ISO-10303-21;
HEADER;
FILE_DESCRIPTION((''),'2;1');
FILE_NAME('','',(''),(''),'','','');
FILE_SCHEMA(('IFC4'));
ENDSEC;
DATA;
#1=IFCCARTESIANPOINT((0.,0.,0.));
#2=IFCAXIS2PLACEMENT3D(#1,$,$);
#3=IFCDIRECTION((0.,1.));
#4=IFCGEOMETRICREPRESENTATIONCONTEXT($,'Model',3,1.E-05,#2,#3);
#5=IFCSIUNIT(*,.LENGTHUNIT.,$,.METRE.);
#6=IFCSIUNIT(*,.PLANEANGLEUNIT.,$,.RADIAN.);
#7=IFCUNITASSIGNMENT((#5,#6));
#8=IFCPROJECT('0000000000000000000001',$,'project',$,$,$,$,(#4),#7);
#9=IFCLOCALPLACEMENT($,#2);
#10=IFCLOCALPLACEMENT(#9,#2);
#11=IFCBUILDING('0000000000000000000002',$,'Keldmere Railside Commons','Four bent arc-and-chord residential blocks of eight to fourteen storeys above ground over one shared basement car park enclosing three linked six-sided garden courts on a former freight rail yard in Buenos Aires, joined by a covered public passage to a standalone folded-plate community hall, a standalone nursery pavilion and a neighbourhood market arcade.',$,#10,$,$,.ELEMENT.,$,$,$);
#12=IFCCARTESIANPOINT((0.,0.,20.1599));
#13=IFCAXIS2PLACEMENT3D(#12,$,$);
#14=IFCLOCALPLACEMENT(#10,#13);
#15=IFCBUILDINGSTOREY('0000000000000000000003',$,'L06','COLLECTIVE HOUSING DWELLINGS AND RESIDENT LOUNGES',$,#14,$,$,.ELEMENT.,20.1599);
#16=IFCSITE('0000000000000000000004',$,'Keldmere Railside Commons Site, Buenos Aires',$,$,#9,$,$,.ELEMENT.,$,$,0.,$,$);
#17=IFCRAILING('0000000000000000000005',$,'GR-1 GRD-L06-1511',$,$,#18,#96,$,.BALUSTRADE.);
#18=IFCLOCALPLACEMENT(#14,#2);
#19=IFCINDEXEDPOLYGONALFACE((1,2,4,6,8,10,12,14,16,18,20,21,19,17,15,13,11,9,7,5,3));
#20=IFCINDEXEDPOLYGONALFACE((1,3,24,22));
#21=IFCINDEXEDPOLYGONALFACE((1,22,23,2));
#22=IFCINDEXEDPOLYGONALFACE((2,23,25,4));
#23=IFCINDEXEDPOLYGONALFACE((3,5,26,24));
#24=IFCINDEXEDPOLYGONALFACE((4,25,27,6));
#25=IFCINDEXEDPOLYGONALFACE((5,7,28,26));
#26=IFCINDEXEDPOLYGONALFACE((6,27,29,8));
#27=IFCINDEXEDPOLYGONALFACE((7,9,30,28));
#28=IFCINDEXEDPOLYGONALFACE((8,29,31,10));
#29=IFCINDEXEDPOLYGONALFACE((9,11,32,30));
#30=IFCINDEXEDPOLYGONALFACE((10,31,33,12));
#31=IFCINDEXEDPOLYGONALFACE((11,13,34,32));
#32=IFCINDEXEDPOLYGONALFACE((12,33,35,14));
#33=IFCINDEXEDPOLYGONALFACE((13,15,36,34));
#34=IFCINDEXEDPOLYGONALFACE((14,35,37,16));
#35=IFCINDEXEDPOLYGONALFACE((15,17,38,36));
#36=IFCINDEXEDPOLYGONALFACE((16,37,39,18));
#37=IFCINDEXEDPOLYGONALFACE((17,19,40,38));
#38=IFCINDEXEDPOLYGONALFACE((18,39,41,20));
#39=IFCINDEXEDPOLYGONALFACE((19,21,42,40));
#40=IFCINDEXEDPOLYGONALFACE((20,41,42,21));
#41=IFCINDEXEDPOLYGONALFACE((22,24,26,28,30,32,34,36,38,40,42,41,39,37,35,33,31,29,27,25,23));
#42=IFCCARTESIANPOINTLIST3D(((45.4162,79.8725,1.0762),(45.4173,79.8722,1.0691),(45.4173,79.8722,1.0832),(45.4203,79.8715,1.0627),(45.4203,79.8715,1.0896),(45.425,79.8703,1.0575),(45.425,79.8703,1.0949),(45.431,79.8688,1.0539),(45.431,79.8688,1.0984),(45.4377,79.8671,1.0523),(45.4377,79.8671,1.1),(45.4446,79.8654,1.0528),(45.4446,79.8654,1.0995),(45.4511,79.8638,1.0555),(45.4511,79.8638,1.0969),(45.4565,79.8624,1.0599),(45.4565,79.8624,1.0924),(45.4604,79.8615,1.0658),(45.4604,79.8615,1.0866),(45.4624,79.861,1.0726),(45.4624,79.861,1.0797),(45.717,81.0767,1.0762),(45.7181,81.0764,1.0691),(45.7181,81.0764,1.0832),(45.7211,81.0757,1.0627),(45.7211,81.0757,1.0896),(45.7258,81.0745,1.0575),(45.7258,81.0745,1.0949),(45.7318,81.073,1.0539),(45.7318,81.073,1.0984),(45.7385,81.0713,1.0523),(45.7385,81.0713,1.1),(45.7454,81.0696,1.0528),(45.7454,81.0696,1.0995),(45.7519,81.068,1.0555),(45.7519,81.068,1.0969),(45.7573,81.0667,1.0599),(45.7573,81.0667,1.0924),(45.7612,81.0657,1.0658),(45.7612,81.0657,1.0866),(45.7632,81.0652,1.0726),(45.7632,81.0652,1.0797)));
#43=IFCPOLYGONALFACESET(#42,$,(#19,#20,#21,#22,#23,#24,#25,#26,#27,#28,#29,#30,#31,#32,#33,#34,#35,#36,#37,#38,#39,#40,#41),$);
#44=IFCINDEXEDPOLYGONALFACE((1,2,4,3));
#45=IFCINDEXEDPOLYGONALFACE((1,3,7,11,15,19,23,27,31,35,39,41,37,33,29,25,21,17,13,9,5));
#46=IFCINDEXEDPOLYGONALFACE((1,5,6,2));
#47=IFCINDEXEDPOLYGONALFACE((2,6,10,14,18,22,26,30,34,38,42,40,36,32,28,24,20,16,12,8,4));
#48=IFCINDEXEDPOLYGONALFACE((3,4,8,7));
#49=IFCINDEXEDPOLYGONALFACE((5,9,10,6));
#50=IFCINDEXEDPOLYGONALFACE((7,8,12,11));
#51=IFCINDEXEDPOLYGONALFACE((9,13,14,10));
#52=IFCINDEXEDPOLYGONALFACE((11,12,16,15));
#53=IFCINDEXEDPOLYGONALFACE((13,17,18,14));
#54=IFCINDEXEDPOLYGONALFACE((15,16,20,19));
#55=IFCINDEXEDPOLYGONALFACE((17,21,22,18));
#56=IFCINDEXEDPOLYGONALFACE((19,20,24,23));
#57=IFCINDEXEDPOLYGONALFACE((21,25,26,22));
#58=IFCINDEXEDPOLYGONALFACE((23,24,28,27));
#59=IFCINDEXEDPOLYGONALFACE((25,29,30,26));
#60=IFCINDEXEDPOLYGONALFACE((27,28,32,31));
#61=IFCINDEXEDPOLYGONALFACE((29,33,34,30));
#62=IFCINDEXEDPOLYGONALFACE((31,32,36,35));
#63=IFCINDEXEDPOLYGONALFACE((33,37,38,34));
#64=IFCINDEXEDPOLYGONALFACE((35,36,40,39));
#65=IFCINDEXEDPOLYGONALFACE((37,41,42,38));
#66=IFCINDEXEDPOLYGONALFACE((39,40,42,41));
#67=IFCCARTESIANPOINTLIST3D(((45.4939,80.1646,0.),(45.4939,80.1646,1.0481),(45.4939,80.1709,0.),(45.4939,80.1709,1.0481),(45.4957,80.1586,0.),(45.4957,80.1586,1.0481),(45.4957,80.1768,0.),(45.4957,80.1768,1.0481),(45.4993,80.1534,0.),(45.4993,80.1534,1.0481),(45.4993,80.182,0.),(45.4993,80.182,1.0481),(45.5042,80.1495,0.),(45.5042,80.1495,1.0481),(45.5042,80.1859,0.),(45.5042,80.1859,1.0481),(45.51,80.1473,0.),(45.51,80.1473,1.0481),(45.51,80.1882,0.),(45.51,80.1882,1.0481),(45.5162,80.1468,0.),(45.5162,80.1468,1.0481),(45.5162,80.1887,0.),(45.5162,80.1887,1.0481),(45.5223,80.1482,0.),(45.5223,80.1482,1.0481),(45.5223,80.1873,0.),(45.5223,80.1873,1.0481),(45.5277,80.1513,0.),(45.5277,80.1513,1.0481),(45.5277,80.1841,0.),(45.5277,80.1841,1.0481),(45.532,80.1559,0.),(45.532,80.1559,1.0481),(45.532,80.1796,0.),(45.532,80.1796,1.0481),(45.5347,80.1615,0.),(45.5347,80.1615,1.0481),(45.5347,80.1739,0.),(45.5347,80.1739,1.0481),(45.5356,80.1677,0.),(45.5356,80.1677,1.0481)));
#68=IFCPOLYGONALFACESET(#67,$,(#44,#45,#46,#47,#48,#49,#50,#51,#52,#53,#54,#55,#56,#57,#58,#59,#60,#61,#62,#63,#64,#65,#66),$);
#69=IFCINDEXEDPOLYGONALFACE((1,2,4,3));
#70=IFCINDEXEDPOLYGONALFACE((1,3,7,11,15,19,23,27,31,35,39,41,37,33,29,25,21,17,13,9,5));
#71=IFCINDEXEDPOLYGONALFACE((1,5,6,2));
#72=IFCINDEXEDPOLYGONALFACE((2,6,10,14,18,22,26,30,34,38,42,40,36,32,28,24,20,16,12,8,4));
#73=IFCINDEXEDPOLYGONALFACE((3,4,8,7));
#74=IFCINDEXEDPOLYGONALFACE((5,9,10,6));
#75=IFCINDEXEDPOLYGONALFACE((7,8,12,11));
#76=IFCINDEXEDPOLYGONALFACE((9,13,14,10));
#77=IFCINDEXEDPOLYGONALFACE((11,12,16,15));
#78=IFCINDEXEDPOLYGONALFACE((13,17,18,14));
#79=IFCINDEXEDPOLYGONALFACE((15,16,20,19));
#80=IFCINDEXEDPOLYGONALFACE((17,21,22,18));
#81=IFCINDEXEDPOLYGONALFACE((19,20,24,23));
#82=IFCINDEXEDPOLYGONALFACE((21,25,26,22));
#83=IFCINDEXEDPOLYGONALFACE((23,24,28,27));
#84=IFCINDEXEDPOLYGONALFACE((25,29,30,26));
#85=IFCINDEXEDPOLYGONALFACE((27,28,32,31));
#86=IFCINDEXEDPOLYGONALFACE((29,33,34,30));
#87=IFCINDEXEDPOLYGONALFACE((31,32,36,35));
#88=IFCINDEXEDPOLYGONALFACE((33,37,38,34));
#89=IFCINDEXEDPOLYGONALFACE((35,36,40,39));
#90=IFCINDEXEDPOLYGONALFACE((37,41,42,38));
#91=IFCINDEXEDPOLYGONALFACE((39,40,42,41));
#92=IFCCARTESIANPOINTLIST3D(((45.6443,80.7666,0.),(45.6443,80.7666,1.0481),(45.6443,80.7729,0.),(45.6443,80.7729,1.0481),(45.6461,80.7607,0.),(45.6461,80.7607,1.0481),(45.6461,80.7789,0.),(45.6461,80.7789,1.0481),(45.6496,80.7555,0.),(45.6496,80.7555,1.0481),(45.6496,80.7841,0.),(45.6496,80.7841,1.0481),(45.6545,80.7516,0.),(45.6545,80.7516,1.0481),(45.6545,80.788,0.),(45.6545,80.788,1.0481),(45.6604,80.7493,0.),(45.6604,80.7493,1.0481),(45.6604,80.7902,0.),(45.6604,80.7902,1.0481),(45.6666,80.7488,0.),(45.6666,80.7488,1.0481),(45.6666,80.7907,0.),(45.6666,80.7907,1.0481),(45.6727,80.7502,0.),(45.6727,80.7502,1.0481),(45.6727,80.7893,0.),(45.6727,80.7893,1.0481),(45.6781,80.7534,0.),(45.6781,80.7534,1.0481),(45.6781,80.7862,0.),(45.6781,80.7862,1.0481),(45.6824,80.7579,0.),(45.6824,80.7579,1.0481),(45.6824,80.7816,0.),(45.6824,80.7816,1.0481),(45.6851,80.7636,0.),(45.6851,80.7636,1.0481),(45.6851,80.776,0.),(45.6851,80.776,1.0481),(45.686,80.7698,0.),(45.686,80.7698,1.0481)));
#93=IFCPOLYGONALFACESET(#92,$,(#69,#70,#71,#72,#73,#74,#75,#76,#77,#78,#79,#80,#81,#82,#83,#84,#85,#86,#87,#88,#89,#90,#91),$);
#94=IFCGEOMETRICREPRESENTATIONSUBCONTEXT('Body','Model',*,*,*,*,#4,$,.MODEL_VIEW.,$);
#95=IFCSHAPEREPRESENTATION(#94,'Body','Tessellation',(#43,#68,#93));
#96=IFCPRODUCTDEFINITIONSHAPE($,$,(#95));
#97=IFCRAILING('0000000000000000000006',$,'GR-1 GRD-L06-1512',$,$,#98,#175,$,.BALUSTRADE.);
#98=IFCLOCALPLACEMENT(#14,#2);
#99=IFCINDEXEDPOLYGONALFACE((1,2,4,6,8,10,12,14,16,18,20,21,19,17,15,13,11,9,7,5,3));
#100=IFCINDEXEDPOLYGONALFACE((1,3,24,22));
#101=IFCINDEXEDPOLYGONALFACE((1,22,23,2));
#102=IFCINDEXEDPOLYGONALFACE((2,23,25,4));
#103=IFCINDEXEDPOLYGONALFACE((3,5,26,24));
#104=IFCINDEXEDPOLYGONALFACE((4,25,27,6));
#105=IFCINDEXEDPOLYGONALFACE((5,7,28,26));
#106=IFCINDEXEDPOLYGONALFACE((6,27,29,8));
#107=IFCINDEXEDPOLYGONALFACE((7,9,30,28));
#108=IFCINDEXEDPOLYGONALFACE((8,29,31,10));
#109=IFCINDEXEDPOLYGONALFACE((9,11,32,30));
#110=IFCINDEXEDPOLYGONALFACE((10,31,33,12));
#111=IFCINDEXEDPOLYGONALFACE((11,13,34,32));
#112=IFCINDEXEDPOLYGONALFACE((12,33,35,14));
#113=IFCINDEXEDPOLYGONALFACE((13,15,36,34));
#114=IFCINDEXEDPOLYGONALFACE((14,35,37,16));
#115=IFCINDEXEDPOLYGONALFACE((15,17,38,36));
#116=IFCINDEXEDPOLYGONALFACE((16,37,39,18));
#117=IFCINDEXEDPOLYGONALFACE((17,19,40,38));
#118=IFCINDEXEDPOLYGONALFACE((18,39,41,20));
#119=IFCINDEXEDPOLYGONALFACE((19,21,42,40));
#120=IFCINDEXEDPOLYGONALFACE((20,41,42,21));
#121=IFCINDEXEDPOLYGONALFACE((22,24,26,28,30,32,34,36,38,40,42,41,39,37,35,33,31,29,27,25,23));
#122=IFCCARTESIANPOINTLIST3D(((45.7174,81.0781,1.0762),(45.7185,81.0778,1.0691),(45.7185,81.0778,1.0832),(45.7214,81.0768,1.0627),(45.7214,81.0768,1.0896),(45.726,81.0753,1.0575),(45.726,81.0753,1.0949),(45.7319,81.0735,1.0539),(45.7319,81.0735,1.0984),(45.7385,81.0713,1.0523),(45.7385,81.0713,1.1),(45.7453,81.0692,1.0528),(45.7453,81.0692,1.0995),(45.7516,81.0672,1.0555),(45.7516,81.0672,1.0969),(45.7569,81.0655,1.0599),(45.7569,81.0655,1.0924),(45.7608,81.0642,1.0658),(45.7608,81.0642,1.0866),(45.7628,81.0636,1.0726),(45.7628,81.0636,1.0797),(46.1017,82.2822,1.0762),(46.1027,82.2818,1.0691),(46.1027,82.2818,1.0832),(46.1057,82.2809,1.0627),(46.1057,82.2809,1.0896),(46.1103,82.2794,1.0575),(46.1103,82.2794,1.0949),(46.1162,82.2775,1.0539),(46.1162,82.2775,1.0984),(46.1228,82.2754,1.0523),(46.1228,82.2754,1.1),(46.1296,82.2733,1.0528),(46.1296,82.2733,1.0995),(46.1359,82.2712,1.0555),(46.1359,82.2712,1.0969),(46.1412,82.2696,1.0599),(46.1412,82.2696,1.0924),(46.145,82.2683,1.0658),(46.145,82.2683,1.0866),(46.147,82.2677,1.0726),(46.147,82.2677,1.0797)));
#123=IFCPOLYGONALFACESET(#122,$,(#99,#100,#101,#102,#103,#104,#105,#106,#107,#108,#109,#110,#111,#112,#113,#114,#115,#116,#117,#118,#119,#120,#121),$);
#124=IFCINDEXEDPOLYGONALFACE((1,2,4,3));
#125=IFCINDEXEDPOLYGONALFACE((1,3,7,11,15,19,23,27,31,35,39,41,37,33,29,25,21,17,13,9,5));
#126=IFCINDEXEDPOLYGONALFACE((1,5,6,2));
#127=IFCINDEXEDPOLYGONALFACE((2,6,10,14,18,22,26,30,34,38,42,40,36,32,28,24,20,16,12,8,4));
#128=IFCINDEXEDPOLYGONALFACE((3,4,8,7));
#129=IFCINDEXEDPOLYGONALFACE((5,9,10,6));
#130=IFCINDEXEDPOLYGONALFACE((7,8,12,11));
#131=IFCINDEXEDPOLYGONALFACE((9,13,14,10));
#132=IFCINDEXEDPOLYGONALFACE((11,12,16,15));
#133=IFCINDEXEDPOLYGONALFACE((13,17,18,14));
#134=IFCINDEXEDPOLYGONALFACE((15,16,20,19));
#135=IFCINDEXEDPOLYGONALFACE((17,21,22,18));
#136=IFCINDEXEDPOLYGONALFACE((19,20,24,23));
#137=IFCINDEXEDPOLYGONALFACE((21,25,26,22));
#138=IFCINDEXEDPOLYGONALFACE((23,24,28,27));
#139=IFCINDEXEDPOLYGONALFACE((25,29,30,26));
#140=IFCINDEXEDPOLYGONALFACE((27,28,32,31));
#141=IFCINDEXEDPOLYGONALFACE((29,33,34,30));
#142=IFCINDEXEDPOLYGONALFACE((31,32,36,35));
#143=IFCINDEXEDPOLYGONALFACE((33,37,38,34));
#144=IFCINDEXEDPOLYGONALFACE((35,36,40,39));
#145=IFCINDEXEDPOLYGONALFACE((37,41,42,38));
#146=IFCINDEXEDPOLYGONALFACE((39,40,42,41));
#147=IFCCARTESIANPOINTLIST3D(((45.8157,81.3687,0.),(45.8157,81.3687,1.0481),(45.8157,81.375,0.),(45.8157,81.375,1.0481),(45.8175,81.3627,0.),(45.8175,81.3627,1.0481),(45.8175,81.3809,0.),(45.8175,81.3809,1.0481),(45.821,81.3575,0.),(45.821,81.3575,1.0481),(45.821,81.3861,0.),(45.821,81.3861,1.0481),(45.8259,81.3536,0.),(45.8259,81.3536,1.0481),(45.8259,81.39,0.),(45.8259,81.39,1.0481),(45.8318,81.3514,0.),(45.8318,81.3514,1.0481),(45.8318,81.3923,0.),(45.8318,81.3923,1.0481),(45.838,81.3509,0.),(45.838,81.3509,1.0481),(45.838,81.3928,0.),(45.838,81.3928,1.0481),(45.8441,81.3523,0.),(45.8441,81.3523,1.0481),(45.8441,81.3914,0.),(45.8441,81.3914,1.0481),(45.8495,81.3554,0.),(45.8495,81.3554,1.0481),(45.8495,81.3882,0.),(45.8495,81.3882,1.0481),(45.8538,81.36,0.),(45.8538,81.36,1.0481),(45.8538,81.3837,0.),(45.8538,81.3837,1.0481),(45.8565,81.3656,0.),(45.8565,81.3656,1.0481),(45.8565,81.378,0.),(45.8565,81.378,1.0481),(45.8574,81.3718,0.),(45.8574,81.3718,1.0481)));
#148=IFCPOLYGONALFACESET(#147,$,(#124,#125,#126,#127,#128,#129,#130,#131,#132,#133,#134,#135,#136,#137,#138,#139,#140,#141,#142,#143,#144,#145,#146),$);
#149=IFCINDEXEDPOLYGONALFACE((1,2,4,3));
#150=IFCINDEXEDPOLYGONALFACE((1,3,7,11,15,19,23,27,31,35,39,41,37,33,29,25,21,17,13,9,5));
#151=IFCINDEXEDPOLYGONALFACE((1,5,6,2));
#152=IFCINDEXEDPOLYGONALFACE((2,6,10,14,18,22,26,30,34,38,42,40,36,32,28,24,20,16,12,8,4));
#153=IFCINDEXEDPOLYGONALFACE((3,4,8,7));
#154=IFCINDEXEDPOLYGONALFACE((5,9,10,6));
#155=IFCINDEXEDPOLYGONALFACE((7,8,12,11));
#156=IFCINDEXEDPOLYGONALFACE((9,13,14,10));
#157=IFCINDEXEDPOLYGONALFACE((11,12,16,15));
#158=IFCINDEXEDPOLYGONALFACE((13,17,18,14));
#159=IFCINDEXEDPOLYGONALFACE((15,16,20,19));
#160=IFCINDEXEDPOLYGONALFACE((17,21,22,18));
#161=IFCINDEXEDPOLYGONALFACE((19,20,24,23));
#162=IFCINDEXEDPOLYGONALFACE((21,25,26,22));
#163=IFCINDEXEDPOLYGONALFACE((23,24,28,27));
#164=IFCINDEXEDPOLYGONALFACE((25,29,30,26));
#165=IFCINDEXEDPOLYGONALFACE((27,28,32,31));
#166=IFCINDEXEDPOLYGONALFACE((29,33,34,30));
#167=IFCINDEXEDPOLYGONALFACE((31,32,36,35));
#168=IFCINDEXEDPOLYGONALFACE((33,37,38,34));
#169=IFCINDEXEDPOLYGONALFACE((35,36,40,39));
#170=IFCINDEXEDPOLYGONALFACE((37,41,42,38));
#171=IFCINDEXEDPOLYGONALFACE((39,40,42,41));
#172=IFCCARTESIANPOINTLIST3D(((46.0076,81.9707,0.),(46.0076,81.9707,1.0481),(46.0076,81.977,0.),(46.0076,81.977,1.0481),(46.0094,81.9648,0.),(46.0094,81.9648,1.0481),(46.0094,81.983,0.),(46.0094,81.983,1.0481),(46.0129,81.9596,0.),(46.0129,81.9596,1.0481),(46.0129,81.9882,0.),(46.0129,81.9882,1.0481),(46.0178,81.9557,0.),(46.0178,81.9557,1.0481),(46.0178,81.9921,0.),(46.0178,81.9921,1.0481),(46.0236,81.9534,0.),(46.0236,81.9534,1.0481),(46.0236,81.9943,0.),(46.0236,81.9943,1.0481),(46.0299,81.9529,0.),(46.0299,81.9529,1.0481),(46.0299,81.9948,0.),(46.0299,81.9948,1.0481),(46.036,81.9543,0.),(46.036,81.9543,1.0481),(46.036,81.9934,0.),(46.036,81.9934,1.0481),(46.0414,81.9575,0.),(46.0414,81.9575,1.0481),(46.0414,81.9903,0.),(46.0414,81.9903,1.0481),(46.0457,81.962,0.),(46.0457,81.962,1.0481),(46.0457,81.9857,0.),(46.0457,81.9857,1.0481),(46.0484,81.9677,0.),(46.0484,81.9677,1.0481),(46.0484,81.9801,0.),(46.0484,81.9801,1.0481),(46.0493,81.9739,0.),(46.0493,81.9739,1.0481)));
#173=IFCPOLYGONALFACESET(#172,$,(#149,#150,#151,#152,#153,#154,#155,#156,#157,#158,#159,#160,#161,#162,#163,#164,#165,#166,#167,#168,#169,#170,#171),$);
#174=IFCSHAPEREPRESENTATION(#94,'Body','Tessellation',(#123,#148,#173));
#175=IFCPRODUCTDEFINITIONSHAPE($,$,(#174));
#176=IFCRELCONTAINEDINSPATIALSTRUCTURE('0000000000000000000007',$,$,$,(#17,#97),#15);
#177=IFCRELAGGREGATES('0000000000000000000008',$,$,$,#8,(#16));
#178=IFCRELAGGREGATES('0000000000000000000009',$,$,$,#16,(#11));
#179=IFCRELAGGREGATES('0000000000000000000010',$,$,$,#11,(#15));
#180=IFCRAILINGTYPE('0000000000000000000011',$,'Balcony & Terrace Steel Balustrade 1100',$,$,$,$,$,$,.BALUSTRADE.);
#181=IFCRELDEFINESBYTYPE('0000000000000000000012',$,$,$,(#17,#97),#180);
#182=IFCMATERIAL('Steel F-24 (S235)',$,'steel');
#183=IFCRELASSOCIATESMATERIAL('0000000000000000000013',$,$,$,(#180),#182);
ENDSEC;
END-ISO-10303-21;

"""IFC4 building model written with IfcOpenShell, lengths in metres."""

from ifc_helpers import new_model, si_unit, direction, frame, origin, origin_2d, place, context, subcontext, project, spatial, circle, extrude, material, type_object, element, save


model = new_model("IFC4")

# Units and contexts
model_context = context("Model", 3, precision=1e-05, world=origin(), true_north=direction((0.0, 1.0)))
body_context = subcontext(model_context, "Body", "Model", "MODEL_VIEW")
ifc_project = project(units=[si_unit("LENGTHUNIT", "METRE"), si_unit("PLANEANGLEUNIT", "RADIAN")], contexts=[model_context])

# Site, building, storey
site_placement = place(None, origin())
site = spatial("IfcSite", under=ifc_project, at=site_placement, Name="Keldmere Railside Commons Site, Buenos Aires", CompositionType="ELEMENT", RefElevation=0.0)
building_placement = place(site_placement, origin())
building = spatial("IfcBuilding", under=site, at=building_placement, Name="Keldmere Railside Commons", Description="Four bent arc-and-chord residential blocks of eight to fourteen storeys above ground over one shared basement car park enclosing three linked six-sided garden courts on a former freight rail yard in Buenos Aires, joined by a covered public passage to a standalone folded-plate community hall, a standalone nursery pavilion and a neighbourhood market arcade.", CompositionType="ELEMENT")
storey_placement = place(building_placement, frame((0.0, 0.0, 20.1599)))
storey = spatial("IfcBuildingStorey", under=building, at=storey_placement, Name="L06", Description="COLLECTIVE HOUSING DWELLINGS AND RESIDENT LOUNGES", CompositionType="ELEMENT", Elevation=20.1599)

# Railings
ifc_material_1 = material(Name="Steel F-24 (S235)", Category="steel")
railing_type = type_object("IfcRailingType", Name="Balcony & Terrace Steel Balustrade 1100", PredefinedType="BALUSTRADE", material=ifc_material_1)
railing_1_placement = place(storey_placement, frame((45.4395, 79.8667, 0.0)))
element("IfcRailing", 1, at=railing_1_placement, inside=storey, type_object=railing_type, Name="GR-1 GRD-L06-1511", PredefinedType="BALUSTRADE", context=body_context, shape_type="SweptSolid", body=[
    extrude(circle(Radius=0.0239, at=origin_2d()), frame((0.0, 0.0, 1.0762), z_axis=(0.24235, 0.970189, 0.0), x_axis=(-0.970189, 0.24235, 0.0)), (0.0, 0.0, 1.0), 1.2412),
    extrude(circle(Radius=0.021, at=origin_2d()), frame((0.0752, 0.301, 0.0)), (0.0, 0.0, 1.0), 1.0481),
    extrude(circle(Radius=0.021, at=origin_2d()), frame((0.2256, 0.9031, 0.0)), (0.0, 0.0, 1.0), 1.0481),
])
railing_2_placement = place(storey_placement, frame((45.7402, 81.0708, 0.0)))
element("IfcRailing", 2, at=railing_2_placement, inside=storey, type_object=railing_type, Name="GR-1 GRD-L06-1512", PredefinedType="BALUSTRADE", context=body_context, shape_type="SweptSolid", body=[
    extrude(circle(Radius=0.0239, at=origin_2d()), frame((0.0, 0.0, 1.0762), z_axis=(0.304033, 0.952662, 0.0), x_axis=(-0.952662, 0.304033, 0.0)), (0.0, 0.0, 1.0), 1.2639),
    extrude(circle(Radius=0.021, at=origin_2d()), frame((0.0962, 0.301, 0.0)), (0.0, 0.0, 1.0), 1.0481),
    extrude(circle(Radius=0.021, at=origin_2d()), frame((0.2881, 0.9031, 0.0)), (0.0, 0.0, 1.0), 1.0481),
])

save(model, "model.ifc")
